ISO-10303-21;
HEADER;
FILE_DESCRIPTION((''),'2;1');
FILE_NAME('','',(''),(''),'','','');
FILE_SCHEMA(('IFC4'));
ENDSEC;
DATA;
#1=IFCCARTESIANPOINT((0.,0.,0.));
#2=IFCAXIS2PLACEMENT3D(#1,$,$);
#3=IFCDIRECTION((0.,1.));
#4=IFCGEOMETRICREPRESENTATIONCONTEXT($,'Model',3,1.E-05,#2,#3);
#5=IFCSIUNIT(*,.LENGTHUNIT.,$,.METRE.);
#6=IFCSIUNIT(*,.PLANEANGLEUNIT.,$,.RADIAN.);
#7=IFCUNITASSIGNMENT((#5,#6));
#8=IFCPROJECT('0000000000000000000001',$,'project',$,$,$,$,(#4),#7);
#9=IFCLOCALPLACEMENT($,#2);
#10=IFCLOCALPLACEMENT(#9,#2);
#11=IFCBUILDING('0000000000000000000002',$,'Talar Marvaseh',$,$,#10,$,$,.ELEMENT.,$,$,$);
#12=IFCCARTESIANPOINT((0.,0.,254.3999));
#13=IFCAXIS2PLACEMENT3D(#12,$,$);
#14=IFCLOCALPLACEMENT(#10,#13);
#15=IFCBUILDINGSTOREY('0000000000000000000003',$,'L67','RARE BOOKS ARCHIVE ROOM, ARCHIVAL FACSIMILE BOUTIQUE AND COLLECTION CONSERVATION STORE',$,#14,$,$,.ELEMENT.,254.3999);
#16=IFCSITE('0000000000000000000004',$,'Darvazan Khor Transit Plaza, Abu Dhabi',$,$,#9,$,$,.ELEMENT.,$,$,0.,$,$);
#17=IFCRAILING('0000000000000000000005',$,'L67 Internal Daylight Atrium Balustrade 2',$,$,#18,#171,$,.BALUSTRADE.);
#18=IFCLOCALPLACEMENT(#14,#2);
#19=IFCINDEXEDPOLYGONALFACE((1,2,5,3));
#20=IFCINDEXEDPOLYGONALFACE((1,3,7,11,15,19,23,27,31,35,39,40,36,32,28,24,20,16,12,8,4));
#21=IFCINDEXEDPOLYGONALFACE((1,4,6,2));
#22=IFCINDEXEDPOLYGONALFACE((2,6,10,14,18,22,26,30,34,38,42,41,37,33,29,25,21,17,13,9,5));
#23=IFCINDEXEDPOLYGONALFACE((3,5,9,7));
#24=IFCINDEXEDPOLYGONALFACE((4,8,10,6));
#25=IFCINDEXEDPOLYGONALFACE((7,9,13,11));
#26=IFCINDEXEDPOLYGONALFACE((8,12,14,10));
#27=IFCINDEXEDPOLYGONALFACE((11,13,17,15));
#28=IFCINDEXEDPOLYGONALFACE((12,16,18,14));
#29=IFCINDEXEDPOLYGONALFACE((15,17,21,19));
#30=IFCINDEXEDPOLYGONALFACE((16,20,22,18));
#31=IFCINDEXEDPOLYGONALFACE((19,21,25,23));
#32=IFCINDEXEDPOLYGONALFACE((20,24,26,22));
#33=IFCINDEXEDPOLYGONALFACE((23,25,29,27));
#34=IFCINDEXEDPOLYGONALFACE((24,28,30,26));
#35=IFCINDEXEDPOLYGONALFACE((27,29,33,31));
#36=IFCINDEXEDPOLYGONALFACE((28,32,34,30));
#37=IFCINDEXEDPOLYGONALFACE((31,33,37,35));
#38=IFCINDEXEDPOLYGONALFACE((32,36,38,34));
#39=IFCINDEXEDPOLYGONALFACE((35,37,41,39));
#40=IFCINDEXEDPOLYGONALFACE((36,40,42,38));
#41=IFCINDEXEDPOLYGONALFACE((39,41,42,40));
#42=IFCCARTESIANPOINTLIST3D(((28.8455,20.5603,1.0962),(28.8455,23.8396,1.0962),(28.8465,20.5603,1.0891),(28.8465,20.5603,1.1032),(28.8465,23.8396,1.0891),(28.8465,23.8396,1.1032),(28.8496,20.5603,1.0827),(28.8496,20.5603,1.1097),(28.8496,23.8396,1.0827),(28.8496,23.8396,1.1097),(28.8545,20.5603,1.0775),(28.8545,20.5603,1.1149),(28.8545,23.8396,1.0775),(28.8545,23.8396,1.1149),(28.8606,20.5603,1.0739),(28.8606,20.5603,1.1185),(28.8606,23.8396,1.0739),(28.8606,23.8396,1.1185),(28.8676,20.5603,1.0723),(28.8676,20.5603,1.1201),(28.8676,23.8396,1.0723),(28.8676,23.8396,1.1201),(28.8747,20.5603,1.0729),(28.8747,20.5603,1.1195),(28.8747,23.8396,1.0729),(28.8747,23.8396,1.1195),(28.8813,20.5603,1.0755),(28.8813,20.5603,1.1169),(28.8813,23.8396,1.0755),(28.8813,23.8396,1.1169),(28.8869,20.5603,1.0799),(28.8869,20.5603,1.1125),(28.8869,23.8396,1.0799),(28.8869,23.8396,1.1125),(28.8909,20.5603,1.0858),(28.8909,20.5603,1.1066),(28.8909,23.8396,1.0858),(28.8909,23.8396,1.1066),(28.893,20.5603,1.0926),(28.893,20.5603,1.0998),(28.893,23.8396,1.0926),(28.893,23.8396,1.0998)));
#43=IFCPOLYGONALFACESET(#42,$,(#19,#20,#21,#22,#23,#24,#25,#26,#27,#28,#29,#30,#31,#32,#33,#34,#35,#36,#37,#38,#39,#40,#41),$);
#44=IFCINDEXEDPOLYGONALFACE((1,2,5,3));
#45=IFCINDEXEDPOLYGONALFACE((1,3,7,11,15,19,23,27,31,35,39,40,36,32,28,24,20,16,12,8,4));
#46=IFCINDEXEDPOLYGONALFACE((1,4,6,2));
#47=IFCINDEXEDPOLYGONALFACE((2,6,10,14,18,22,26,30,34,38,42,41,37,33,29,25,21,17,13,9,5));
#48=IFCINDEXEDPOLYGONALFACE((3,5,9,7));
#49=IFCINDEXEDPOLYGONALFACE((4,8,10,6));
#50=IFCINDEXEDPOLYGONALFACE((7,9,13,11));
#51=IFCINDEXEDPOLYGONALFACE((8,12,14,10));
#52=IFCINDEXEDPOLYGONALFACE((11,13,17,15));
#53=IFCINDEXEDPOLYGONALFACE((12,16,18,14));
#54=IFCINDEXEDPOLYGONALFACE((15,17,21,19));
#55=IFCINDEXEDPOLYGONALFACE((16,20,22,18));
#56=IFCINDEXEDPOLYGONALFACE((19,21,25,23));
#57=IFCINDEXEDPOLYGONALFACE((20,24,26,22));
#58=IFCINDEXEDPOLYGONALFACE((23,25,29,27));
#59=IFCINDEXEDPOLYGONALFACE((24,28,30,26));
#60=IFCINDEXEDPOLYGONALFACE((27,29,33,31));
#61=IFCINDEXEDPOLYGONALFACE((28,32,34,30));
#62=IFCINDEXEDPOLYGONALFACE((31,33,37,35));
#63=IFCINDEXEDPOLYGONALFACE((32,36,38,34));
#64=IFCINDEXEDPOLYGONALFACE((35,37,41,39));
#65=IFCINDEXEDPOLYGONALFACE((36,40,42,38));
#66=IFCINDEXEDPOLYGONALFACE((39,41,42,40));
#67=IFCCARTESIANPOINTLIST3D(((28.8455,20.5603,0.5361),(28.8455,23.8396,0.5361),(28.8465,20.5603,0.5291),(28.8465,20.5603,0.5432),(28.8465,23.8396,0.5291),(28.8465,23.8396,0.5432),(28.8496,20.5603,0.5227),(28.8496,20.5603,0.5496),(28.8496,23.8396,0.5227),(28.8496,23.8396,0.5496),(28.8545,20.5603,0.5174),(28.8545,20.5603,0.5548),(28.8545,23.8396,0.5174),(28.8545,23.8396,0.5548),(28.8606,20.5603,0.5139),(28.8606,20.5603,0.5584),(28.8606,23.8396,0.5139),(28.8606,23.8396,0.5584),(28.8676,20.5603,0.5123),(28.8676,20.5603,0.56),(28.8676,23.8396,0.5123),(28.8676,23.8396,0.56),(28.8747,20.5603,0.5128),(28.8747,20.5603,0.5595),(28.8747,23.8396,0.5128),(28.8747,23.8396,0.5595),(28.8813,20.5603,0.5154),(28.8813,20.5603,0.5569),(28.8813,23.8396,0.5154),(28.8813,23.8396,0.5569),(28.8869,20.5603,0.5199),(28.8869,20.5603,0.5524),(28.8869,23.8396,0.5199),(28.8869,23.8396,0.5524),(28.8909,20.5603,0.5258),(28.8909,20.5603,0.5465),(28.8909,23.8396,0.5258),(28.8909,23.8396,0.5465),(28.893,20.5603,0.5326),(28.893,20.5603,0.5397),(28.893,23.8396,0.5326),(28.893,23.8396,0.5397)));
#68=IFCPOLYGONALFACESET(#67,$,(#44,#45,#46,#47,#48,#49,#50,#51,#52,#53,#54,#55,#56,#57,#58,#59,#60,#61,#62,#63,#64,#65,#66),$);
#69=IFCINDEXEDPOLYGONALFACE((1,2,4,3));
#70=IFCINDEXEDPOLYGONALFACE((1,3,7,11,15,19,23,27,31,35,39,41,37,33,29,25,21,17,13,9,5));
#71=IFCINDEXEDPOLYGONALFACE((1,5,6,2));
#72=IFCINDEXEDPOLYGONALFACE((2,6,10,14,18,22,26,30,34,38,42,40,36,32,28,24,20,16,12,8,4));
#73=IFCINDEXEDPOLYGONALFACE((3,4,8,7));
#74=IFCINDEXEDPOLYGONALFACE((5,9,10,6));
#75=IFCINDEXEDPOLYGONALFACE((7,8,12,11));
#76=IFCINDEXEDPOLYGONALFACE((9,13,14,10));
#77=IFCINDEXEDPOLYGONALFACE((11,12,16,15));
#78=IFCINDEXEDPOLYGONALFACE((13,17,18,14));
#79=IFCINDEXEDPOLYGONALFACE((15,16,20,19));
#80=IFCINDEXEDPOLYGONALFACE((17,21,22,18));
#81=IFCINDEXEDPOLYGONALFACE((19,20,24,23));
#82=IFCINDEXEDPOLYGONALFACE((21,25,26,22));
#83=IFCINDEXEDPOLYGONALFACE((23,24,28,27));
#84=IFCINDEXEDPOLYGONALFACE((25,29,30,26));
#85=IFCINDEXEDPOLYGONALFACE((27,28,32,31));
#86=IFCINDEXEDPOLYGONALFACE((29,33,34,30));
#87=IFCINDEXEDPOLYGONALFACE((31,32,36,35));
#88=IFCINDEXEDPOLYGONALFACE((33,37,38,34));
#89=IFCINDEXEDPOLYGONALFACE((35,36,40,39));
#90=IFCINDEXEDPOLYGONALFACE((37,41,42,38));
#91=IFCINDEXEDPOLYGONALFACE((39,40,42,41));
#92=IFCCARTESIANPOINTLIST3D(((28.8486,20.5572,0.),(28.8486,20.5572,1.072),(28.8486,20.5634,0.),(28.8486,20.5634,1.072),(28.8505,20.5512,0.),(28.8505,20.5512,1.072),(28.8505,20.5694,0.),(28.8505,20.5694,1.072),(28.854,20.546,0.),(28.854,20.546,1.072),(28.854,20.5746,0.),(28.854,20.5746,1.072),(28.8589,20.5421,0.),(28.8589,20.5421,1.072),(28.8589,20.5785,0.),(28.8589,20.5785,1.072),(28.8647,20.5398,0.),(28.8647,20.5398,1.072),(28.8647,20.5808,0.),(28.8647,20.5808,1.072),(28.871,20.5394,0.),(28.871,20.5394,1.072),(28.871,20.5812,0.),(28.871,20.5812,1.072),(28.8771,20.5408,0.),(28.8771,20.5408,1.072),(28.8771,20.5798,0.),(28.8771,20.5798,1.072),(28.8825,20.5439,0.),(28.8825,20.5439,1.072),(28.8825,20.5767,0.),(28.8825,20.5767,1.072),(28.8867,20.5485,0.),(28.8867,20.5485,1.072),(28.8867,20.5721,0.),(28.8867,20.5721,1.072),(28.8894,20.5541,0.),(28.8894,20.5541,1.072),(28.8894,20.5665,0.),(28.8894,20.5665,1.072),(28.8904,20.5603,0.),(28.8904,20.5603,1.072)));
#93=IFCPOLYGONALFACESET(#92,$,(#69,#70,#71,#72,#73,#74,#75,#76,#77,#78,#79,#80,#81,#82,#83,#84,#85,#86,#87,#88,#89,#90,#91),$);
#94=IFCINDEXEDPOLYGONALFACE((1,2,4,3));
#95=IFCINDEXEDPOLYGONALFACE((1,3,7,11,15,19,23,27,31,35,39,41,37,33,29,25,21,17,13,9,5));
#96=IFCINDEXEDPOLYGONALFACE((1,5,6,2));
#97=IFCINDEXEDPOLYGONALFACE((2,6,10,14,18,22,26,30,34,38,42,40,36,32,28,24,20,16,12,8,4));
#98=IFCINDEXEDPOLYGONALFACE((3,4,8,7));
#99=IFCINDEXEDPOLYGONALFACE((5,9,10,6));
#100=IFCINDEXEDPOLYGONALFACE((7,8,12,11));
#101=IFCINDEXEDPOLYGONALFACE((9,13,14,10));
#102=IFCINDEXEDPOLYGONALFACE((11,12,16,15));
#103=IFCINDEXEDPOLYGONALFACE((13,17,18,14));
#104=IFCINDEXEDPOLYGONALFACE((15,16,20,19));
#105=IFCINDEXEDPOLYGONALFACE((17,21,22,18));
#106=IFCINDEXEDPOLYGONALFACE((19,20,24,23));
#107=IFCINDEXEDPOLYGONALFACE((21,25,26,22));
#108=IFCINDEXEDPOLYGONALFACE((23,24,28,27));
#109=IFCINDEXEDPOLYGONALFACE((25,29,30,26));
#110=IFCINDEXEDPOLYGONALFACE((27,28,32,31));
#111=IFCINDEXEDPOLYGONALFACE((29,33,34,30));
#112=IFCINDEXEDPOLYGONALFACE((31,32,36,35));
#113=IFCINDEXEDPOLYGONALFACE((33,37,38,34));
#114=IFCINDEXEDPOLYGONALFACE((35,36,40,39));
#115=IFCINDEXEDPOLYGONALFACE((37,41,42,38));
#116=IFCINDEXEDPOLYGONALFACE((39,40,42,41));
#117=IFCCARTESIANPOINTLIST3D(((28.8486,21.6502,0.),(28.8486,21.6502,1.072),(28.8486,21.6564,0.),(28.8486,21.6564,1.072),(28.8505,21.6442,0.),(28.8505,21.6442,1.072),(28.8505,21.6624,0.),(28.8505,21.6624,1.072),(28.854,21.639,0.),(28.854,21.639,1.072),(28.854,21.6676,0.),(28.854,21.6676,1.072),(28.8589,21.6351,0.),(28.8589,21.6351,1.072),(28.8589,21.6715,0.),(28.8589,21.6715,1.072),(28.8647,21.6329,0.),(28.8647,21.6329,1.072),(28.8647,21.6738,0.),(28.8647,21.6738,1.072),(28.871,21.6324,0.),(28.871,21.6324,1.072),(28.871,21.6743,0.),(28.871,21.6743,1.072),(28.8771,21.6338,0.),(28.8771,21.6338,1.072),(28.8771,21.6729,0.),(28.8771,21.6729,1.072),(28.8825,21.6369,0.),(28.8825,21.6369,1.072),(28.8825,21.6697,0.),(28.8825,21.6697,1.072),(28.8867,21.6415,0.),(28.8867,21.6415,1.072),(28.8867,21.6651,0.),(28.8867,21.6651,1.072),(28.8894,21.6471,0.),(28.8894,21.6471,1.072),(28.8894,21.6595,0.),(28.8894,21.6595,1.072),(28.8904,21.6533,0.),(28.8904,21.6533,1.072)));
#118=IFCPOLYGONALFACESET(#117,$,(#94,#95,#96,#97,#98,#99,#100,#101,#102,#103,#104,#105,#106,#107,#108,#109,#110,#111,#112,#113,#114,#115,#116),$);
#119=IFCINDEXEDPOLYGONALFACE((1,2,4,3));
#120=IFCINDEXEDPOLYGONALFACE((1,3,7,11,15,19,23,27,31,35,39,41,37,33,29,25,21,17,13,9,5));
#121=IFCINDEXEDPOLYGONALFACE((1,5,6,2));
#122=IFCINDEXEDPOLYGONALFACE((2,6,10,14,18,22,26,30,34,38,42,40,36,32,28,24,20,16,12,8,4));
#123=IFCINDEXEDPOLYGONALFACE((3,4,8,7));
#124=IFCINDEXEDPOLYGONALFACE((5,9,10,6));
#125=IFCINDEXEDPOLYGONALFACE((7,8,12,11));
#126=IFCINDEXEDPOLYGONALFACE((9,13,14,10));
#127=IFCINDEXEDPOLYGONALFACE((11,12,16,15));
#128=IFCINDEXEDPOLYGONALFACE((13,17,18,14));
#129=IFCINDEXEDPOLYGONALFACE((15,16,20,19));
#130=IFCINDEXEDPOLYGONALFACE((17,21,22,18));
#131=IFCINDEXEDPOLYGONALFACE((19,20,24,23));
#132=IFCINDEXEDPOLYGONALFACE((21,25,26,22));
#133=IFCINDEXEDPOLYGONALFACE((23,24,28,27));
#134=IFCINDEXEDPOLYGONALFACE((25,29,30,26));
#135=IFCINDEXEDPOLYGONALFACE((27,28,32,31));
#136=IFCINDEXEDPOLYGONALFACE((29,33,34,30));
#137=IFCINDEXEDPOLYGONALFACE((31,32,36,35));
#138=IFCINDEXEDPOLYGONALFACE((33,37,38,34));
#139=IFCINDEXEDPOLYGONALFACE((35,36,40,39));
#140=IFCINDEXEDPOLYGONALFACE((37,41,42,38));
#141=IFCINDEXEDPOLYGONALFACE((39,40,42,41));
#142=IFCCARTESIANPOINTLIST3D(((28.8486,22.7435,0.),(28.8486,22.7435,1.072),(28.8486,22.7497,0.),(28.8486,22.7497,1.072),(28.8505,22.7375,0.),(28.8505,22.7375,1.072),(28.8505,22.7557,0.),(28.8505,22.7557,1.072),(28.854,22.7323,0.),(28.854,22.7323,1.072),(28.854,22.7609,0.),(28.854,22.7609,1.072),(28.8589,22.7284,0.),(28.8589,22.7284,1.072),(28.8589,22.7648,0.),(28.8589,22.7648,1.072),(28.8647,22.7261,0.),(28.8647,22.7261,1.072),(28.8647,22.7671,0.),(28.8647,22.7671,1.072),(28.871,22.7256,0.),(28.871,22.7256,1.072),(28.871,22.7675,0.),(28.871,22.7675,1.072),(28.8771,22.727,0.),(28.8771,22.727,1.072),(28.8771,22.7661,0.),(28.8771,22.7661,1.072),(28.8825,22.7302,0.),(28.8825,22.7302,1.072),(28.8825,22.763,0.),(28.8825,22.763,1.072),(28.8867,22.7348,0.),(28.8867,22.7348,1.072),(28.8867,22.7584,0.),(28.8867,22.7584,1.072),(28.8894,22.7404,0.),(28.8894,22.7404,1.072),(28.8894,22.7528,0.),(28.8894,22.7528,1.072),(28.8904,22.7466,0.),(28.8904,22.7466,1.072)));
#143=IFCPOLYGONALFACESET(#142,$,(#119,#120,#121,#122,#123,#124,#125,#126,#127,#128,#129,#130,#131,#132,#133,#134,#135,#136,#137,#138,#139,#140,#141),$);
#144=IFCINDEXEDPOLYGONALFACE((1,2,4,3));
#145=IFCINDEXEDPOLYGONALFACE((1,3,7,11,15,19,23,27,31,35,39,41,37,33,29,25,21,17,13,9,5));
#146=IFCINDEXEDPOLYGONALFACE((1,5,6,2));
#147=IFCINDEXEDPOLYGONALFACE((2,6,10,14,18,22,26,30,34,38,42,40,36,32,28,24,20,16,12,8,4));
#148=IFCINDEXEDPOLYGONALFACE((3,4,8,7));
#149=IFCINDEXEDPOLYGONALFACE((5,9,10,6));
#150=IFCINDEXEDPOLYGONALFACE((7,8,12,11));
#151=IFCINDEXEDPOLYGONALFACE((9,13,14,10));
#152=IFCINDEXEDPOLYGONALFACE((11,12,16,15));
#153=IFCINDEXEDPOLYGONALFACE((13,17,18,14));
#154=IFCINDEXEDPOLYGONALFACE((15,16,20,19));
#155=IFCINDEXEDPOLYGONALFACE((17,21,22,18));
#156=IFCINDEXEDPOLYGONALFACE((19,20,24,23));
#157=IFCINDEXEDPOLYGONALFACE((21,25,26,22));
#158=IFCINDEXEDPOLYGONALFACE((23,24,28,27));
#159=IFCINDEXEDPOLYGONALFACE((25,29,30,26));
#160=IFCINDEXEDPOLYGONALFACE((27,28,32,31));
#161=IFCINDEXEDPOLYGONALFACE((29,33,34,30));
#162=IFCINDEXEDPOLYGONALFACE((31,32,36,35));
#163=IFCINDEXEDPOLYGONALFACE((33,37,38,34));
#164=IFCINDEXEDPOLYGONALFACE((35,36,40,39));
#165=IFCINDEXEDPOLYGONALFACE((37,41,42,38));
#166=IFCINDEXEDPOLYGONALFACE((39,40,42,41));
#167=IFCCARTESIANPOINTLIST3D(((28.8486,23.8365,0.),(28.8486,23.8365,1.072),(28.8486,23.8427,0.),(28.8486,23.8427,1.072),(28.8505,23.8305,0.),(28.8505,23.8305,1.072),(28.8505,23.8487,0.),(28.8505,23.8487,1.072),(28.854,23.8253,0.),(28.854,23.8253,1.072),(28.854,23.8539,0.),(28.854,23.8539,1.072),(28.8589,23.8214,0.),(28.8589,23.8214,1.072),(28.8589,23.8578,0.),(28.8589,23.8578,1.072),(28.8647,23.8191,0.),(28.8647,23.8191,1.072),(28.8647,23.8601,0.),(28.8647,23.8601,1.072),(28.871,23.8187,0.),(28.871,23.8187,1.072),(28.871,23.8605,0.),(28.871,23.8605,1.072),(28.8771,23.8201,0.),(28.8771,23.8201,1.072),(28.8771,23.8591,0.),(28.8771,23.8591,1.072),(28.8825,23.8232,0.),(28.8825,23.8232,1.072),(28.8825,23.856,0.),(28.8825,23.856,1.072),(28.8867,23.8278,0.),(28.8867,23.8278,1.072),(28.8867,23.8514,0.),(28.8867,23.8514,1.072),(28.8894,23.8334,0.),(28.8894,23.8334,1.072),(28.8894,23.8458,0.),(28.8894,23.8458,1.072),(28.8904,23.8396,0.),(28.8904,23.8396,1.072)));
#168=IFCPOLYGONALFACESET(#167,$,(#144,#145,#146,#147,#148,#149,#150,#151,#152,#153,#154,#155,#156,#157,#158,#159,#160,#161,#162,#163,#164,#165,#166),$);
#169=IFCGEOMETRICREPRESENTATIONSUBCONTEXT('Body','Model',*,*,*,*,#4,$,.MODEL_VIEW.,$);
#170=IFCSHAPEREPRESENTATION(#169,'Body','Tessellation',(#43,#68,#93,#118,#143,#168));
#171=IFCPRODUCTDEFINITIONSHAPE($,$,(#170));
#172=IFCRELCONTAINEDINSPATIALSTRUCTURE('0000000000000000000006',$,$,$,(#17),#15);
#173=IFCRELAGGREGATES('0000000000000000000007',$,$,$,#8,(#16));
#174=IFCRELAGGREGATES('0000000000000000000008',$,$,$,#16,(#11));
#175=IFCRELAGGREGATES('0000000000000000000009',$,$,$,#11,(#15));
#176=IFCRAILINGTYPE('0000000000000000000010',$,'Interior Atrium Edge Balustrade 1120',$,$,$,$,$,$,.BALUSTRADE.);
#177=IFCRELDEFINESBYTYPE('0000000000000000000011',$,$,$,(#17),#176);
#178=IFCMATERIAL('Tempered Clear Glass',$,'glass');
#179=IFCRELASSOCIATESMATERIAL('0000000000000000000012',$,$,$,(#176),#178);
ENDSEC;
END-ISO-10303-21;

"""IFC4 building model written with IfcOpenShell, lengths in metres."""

from ifc_helpers import new_model, si_unit, direction, frame, origin, origin_2d, place, context, subcontext, project, spatial, circle, extrude, material, type_object, element, save


model = new_model("IFC4")

# Units and contexts
model_context = context("Model", 3, precision=1e-05, world=origin(), true_north=direction((0.0, 1.0)))
body_context = subcontext(model_context, "Body", "Model", "MODEL_VIEW")
ifc_project = project(units=[si_unit("LENGTHUNIT", "METRE"), si_unit("PLANEANGLEUNIT", "RADIAN")], contexts=[model_context])

# Site, building, storey
site_placement = place(None, origin())
site = spatial("IfcSite", under=ifc_project, at=site_placement, Name="Darvazan Khor Transit Plaza, Abu Dhabi", CompositionType="ELEMENT", RefElevation=0.0)
building_placement = place(site_placement, origin())
building = spatial("IfcBuilding", under=site, at=building_placement, Name="Talar Marvaseh", CompositionType="ELEMENT")
storey_placement = place(building_placement, frame((0.0, 0.0, 254.3999)))
storey = spatial("IfcBuildingStorey", under=building, at=storey_placement, Name="L67", Description="RARE BOOKS ARCHIVE ROOM, ARCHIVAL FACSIMILE BOUTIQUE AND COLLECTION CONSERVATION STORE", CompositionType="ELEMENT", Elevation=254.3999)

# Railing
ifc_material_1 = material(Name="Tempered Clear Glass", Category="glass")
railing_type = type_object("IfcRailingType", Name="Interior Atrium Edge Balustrade 1120", PredefinedType="BALUSTRADE", material=ifc_material_1)
railing_1_placement = place(storey_placement, frame((28.8694, 20.5603, 0.0)))
element("IfcRailing", 1, at=railing_1_placement, inside=storey, type_object=railing_type, Name="L67 Internal Daylight Atrium Balustrade 2", PredefinedType="BALUSTRADE", context=body_context, shape_type="SweptSolid", body=[
    extrude(circle(Radius=0.0239, at=origin_2d()), frame((0.0, 0.0, 1.0962), z_axis=(0.0, 1.0, 0.0), x_axis=(-1.0, 0.0, 0.0)), (0.0, 0.0, 1.0), 3.2793),
    extrude(circle(Radius=0.0239, at=origin_2d()), frame((0.0, 0.0, 0.5361), z_axis=(0.0, 1.0, 0.0), x_axis=(-1.0, 0.0, 0.0)), (0.0, 0.0, 1.0), 3.2793),
    extrude(circle(Radius=0.021, at=origin_2d()), origin(), (0.0, 0.0, 1.0), 1.072),
    extrude(circle(Radius=0.021, at=origin_2d()), frame((0.0, 1.093, 0.0)), (0.0, 0.0, 1.0), 1.072),
    extrude(circle(Radius=0.021, at=origin_2d()), frame((0.0, 2.1863, 0.0)), (0.0, 0.0, 1.0), 1.072),
    extrude(circle(Radius=0.021, at=origin_2d()), frame((0.0, 3.2793, 0.0)), (0.0, 0.0, 1.0), 1.072),
])

save(model, "model.ifc")
